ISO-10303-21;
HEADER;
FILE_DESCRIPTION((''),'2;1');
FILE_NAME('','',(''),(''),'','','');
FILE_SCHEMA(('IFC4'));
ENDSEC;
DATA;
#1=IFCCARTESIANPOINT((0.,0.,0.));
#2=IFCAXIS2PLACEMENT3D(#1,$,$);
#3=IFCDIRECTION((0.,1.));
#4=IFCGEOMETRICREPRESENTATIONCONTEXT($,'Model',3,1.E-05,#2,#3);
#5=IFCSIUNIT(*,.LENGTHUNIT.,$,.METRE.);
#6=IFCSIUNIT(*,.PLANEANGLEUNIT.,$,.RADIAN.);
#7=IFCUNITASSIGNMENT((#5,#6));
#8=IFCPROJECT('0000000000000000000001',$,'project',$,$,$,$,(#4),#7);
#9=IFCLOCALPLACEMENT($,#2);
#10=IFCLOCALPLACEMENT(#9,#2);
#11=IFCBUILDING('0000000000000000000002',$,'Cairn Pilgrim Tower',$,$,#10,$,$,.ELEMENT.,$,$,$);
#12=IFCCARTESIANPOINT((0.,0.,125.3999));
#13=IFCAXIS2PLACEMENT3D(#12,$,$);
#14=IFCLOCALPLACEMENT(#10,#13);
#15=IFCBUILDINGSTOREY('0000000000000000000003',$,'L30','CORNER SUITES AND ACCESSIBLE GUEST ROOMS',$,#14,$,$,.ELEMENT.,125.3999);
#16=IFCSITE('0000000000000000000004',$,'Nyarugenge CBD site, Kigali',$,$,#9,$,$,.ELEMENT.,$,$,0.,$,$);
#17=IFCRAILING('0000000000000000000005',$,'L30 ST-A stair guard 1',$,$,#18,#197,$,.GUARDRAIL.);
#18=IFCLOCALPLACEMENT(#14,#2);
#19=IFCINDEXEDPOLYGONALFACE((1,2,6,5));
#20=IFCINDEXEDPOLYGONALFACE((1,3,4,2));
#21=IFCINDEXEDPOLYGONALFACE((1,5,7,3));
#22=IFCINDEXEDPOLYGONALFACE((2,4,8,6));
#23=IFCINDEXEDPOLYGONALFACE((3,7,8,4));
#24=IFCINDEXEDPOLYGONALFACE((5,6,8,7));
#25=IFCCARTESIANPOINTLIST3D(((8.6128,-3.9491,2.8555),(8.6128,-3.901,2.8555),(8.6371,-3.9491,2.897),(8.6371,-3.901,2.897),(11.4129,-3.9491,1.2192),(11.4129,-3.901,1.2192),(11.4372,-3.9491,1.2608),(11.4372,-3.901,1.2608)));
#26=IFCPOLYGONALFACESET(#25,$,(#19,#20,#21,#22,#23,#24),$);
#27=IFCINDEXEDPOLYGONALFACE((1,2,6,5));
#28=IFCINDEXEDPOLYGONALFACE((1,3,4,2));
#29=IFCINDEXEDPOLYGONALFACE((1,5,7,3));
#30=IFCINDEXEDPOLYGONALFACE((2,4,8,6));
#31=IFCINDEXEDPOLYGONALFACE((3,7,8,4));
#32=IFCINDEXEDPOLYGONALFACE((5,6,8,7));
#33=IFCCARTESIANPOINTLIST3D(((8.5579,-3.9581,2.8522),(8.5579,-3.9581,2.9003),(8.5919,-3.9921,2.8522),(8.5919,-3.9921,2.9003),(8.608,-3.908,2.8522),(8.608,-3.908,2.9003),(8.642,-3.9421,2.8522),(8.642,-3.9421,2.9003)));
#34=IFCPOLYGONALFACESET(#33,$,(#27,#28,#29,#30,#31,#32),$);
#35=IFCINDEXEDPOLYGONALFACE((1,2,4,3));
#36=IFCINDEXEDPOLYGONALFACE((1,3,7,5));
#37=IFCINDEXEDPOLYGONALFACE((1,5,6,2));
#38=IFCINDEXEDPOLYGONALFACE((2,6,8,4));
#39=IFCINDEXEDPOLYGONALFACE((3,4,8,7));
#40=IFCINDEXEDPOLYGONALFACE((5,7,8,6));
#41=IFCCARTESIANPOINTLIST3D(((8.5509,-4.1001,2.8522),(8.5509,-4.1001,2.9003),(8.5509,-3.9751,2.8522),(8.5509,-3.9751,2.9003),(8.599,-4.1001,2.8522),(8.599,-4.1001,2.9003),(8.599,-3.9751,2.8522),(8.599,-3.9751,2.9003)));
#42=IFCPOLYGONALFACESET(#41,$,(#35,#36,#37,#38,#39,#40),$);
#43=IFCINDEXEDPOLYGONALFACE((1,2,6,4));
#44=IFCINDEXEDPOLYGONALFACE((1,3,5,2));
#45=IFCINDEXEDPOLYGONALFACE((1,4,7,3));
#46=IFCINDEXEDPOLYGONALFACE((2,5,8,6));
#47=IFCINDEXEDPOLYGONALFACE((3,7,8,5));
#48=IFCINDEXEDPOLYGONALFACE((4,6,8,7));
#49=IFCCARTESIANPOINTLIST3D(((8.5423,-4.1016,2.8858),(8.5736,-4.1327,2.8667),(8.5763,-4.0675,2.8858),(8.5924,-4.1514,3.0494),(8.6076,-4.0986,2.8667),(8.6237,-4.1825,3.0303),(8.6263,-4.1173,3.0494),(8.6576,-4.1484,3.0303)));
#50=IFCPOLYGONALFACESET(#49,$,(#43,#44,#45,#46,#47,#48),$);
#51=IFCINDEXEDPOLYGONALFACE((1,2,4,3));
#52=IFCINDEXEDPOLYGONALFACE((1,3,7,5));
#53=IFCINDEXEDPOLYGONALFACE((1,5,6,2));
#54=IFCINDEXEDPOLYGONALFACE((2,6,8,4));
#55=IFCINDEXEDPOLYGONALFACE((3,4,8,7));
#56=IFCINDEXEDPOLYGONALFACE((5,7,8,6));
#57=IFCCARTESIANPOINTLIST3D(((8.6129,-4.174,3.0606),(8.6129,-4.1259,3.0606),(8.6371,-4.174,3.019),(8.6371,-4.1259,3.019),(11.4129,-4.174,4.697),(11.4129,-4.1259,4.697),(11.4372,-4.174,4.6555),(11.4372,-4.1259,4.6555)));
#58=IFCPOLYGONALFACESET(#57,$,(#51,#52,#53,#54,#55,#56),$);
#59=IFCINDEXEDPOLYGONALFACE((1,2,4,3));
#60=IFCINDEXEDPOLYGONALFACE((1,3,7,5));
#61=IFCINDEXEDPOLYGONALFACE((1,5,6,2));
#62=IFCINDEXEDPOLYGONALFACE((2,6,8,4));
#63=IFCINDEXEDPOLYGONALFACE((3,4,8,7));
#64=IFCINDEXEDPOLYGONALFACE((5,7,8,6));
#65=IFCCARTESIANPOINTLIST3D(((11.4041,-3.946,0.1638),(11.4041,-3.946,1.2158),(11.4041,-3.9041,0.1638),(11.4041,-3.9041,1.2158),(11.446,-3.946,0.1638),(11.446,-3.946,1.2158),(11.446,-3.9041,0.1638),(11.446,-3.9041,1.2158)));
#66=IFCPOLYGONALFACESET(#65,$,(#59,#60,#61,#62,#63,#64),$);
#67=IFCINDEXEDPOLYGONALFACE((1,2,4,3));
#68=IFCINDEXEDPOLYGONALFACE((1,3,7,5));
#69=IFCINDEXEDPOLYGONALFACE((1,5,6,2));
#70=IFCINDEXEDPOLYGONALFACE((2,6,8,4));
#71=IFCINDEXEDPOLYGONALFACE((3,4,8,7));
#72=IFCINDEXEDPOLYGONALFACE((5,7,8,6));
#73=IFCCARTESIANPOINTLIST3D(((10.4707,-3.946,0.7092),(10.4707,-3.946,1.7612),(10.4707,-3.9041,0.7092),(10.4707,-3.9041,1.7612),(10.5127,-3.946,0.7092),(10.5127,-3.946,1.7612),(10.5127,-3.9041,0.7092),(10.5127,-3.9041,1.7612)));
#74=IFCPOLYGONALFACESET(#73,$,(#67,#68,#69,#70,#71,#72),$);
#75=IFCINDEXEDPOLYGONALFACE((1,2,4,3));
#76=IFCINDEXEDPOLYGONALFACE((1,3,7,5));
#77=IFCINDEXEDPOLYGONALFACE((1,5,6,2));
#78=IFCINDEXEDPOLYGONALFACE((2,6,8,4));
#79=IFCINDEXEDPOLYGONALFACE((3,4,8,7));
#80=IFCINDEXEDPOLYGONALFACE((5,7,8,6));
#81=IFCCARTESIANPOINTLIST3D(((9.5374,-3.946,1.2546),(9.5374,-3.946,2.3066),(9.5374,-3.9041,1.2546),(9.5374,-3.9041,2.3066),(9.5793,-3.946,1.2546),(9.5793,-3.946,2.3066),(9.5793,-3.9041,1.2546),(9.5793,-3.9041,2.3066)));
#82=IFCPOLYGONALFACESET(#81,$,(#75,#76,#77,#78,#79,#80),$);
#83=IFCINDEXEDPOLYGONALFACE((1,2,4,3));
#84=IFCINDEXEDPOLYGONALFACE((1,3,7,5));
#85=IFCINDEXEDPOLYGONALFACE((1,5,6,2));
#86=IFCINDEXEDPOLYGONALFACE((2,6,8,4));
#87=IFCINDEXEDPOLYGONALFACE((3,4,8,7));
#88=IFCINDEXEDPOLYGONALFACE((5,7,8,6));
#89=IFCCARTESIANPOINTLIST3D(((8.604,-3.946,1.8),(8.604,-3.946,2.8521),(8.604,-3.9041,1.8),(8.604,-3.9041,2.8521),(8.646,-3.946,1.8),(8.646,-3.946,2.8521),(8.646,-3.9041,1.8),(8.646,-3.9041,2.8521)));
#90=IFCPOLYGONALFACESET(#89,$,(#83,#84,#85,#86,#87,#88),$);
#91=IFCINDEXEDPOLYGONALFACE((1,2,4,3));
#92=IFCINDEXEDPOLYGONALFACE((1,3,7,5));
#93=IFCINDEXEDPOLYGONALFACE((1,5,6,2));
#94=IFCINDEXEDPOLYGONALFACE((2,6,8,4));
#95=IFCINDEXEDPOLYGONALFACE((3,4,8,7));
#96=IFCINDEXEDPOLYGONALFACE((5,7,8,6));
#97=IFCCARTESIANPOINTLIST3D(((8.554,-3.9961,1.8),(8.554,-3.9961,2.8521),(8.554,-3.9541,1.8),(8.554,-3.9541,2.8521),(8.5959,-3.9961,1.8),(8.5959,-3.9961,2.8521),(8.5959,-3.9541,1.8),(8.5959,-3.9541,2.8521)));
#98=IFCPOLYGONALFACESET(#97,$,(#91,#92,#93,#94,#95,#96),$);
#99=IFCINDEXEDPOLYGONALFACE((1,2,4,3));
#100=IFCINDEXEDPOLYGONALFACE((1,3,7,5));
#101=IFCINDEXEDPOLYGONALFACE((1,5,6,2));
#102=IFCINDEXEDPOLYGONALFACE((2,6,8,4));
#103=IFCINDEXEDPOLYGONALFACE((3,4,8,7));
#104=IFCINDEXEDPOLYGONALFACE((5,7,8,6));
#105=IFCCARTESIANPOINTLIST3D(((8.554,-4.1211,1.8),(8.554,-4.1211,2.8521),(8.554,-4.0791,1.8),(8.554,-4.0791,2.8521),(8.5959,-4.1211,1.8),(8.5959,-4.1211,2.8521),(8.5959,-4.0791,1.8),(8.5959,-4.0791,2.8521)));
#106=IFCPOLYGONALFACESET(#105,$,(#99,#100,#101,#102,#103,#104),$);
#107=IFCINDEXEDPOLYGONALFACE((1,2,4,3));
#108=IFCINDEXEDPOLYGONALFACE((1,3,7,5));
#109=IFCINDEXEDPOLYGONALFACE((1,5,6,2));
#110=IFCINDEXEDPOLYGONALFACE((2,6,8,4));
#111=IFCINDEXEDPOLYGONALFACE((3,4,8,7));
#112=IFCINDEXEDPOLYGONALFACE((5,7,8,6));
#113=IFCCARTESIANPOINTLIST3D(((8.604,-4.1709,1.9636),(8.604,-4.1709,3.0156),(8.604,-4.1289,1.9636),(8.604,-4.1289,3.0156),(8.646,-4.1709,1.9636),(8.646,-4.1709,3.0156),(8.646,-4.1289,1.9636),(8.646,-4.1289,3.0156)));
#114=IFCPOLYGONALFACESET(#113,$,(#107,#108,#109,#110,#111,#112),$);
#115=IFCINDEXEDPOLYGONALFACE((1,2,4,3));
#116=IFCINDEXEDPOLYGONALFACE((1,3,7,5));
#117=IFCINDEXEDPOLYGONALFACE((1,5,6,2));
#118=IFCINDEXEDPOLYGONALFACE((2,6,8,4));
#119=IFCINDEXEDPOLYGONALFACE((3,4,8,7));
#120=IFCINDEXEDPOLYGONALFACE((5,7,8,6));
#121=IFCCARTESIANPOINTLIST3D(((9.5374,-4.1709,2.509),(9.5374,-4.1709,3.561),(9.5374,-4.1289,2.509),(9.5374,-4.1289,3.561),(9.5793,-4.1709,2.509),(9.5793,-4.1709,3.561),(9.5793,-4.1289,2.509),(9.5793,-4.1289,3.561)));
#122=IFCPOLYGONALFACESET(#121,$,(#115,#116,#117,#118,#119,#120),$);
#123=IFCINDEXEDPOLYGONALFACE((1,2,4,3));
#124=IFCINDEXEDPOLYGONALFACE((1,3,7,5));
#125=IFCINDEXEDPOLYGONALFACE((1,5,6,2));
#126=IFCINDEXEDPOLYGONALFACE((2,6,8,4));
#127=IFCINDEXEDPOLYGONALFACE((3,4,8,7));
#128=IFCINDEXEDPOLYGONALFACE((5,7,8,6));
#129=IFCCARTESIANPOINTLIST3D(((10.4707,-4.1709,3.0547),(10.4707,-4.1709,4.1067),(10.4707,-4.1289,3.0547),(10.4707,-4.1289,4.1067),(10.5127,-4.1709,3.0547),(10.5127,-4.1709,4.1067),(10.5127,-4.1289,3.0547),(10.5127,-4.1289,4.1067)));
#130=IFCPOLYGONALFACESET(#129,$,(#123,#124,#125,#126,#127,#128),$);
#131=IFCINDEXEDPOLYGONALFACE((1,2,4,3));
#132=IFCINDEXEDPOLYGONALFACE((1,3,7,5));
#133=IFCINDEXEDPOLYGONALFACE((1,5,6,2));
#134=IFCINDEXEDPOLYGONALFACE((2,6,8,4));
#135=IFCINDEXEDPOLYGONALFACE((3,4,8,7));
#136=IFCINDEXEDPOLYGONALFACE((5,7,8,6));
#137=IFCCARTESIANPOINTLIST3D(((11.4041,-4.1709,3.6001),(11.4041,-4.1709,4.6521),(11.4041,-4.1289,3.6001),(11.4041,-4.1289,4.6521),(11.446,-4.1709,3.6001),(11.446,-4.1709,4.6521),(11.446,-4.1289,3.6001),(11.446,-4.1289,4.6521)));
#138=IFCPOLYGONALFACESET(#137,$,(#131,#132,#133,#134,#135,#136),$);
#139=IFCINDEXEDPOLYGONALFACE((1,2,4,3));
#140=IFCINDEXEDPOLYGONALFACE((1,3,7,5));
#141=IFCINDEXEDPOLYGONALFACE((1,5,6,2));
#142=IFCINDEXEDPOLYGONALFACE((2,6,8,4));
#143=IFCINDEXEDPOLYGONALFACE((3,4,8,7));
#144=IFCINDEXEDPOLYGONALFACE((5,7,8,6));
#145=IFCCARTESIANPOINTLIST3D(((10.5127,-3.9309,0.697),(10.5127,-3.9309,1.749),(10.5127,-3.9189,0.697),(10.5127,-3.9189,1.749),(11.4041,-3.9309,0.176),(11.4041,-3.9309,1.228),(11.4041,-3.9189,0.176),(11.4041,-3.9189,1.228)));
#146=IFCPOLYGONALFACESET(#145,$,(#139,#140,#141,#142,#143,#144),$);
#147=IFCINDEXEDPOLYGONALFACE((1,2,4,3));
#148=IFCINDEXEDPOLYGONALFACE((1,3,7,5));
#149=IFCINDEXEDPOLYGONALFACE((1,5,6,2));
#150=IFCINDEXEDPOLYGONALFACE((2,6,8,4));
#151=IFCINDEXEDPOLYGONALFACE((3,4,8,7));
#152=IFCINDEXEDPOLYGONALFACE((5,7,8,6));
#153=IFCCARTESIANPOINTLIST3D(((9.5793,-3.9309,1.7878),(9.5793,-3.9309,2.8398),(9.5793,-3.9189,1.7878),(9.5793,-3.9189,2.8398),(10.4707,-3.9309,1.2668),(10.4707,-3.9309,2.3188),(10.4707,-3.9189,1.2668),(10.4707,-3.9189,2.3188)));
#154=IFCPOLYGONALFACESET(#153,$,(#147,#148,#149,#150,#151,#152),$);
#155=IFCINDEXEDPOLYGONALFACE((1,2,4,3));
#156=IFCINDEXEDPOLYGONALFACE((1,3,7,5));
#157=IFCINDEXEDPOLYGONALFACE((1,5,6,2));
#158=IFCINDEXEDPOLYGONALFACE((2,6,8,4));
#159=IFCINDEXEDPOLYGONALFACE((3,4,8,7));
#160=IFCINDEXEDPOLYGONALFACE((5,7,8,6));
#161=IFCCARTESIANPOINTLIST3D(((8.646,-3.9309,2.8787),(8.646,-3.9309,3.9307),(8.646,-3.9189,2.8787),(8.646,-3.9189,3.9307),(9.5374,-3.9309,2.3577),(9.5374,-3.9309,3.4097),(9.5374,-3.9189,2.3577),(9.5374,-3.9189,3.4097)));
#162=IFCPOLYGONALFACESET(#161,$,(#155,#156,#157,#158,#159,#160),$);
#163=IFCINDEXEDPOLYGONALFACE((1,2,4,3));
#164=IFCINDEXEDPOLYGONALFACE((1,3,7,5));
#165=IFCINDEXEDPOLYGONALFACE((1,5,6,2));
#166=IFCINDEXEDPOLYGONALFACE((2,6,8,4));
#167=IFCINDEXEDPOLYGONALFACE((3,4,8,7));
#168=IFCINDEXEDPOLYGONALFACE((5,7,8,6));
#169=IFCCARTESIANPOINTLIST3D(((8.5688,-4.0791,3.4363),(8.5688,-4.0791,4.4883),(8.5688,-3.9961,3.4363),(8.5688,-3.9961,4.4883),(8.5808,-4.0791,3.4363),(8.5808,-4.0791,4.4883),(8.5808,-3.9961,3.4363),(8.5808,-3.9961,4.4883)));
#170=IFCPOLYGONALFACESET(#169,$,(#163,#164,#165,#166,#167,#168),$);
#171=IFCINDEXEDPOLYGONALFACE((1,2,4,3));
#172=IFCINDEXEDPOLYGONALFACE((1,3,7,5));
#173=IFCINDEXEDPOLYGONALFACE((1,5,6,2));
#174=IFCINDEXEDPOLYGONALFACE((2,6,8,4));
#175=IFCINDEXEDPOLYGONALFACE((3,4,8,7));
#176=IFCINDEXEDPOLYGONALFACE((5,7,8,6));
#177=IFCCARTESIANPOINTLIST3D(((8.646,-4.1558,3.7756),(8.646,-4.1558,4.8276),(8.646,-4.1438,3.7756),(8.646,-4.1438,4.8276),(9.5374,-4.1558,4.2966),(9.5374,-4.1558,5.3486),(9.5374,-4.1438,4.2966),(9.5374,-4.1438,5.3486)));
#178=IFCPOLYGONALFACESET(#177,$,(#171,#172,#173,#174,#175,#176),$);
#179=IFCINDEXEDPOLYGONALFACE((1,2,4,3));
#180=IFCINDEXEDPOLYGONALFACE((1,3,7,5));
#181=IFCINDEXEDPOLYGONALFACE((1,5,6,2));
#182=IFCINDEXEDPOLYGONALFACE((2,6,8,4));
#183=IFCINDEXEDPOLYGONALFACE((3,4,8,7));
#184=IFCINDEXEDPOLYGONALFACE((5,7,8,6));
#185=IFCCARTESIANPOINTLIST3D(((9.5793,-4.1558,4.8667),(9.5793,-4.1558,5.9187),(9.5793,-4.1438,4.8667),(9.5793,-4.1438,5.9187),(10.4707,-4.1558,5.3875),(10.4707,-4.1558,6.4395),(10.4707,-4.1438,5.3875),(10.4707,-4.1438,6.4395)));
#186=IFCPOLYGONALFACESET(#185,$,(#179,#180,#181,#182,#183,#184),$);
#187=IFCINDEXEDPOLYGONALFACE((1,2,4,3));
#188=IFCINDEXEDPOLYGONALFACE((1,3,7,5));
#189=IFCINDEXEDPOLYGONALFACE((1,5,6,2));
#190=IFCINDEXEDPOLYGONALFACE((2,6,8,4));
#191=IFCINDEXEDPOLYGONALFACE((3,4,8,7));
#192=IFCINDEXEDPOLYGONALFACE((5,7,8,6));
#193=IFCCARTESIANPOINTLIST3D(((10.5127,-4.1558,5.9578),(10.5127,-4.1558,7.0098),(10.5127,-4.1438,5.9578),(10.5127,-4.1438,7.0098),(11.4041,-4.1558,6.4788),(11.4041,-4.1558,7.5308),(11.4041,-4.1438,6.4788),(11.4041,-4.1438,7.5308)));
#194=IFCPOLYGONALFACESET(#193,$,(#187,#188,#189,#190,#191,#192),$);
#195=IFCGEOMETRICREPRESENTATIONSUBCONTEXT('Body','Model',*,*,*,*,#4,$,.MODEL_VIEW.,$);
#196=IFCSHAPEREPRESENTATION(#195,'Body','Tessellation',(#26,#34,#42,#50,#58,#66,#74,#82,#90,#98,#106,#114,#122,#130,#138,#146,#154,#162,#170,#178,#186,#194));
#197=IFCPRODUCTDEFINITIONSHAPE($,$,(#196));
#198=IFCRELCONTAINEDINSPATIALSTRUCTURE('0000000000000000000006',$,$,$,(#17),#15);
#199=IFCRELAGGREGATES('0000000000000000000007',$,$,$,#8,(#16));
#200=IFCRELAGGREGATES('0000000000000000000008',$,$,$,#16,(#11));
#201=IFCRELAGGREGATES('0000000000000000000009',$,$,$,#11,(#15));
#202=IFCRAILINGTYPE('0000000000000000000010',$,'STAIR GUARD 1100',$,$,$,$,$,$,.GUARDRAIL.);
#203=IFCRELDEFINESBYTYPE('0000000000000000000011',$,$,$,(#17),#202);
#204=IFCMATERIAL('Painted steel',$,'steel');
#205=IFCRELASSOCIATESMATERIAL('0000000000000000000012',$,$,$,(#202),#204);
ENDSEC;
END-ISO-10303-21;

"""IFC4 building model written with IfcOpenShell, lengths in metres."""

from ifc_helpers import new_model, si_unit, direction, frame, origin, origin_2d, place, context, subcontext, project, spatial, polyline, rectangle, outline, extrude, material, type_object, element, save


model = new_model("IFC4")

# Units and contexts
model_context = context("Model", 3, precision=1e-05, world=origin(), true_north=direction((0.0, 1.0)))
body_context = subcontext(model_context, "Body", "Model", "MODEL_VIEW")
ifc_project = project(units=[si_unit("LENGTHUNIT", "METRE"), si_unit("PLANEANGLEUNIT", "RADIAN")], contexts=[model_context])

# Site, building, storey
site_placement = place(None, origin())
site = spatial("IfcSite", under=ifc_project, at=site_placement, Name="Nyarugenge CBD site, Kigali", CompositionType="ELEMENT", RefElevation=0.0)
building_placement = place(site_placement, origin())
building = spatial("IfcBuilding", under=site, at=building_placement, Name="Cairn Pilgrim Tower", CompositionType="ELEMENT")
storey_placement = place(building_placement, frame((0.0, 0.0, 125.3999)))
storey = spatial("IfcBuildingStorey", under=building, at=storey_placement, Name="L30", Description="CORNER SUITES AND ACCESSIBLE GUEST ROOMS", CompositionType="ELEMENT", Elevation=125.3999)

# Shared definitions
ifc_material_1 = material(Name="Painted steel", Category="steel")

# Railing
railing_type_1 = type_object("IfcRailingType", Name="STAIR GUARD 1100", PredefinedType="GUARDRAIL", material=ifc_material_1)
railing_1_placement = place(storey_placement, frame((11.425, -3.925, 0.1638)))
element("IfcRailing", 1, at=railing_1_placement, inside=storey, type_object=railing_type_1, Name="L30 ST-A stair guard 1", PredefinedType="GUARDRAIL", context=body_context, shape_type="SweptSolid", body=[
    extrude(rectangle(XDim=0.0481, YDim=0.0481, at=origin_2d()), frame((0.0, 0.0, 1.0762), z_axis=(-0.863394, 0.0, 0.504531), x_axis=(0.0, -1.0, 0.0)), (0.0, 0.0, 1.0), 3.2432),
    extrude(rectangle(XDim=0.0481, YDim=0.0481, at=origin_2d()), frame((-2.8, 0.0, 2.7124), z_axis=(-0.707107, -0.707107, 0.0), x_axis=(0.707107, -0.707107, 0.0)), (0.0, 0.0, 1.0), 0.0708),
    extrude(rectangle(XDim=0.0481, YDim=0.0481, at=origin_2d()), frame((-2.8501, -0.05, 2.7124), z_axis=(0.0, -1.0, 0.0), x_axis=(1.0, 0.0, 0.0)), (0.0, 0.0, 1.0), 0.125),
    extrude(rectangle(XDim=0.0481, YDim=0.0481, at=origin_2d()), frame((-2.8501, -0.175, 2.7124), z_axis=(0.280917, -0.279546, 0.918118), x_axis=(0.705376, 0.708834, 0.0)), (0.0, 0.0, 1.0), 0.1782),
    extrude(rectangle(XDim=0.0481, YDim=0.0481, at=origin_2d()), frame((-2.8, -0.2249, 2.876), z_axis=(0.863361, 0.0, 0.504587), x_axis=(0.0, 1.0, 0.0)), (0.0, 0.0, 1.0), 3.2432),
    extrude(rectangle(XDim=0.042, YDim=0.042, at=origin_2d()), origin(), (0.0, 0.0, 1.0), 1.052),
    extrude(rectangle(XDim=0.042, YDim=0.042, at=origin_2d()), frame((-0.9333, 0.0, 0.5454)), (0.0, 0.0, 1.0), 1.052),
    extrude(rectangle(XDim=0.042, YDim=0.042, at=origin_2d()), frame((-1.8667, 0.0, 1.0908)), (0.0, 0.0, 1.0), 1.052),
    extrude(rectangle(XDim=0.042, YDim=0.042, at=origin_2d()), frame((-2.8, 0.0, 1.6362)), (0.0, 0.0, 1.0), 1.052),
    extrude(rectangle(XDim=0.042, YDim=0.042, at=origin_2d()), frame((-2.8501, -0.05, 1.6362)), (0.0, 0.0, 1.0), 1.052),
    extrude(rectangle(XDim=0.042, YDim=0.042, at=origin_2d()), frame((-2.8501, -0.175, 1.6362)), (0.0, 0.0, 1.0), 1.052),
    extrude(rectangle(XDim=0.042, YDim=0.042, at=origin_2d()), frame((-2.8, -0.2249, 1.7998)), (0.0, 0.0, 1.0), 1.052),
    extrude(rectangle(XDim=0.042, YDim=0.042, at=origin_2d()), frame((-1.8667, -0.2249, 2.3452)), (0.0, 0.0, 1.0), 1.052),
    extrude(rectangle(XDim=0.042, YDim=0.042, at=origin_2d()), frame((-0.9333, -0.2249, 2.8909)), (0.0, 0.0, 1.0), 1.052),
    extrude(rectangle(XDim=0.042, YDim=0.042, at=origin_2d()), frame((0.0, -0.2249, 3.4363)), (0.0, 0.0, 1.0), 1.052),
    extrude(outline(polyline([(0.021, 0.0122), (0.9124, 0.5332), (0.9124, 1.5852), (0.021, 1.0642), (0.021, 0.0122)])), frame((0.0, -0.0059, 0.0), z_axis=(0.0, 1.0, 0.0), x_axis=(-1.0, 0.0, 0.0)), (0.0, 0.0, 1.0), 0.012),
    extrude(outline(polyline([(0.021, 0.5576), (0.9124, 1.0786), (0.9124, 2.1306), (0.021, 1.6096), (0.021, 0.5576)])), frame((-0.9333, -0.0059, 0.5454), z_axis=(0.0, 1.0, 0.0), x_axis=(-1.0, 0.0, 0.0)), (0.0, 0.0, 1.0), 0.012),
    extrude(outline(polyline([(0.021, 1.103), (0.9124, 1.624), (0.9124, 2.676), (0.021, 2.155), (0.021, 1.103)])), frame((-1.8667, -0.0059, 1.0908), z_axis=(0.0, 1.0, 0.0), x_axis=(-1.0, 0.0, 0.0)), (0.0, 0.0, 1.0), 0.012),
    extrude(outline(polyline([(0.021, 1.6362), (0.104, 1.6362), (0.104, 2.6882), (0.021, 2.6882), (0.021, 1.6362)])), frame((-2.8442, -0.05, 1.6362), z_axis=(-1.0, 0.0, 0.0), x_axis=(0.0, -1.0, 0.0)), (0.0, 0.0, 1.0), 0.012),
    extrude(outline(polyline([(0.021, 1.812), (0.9124, 2.333), (0.9124, 3.385), (0.021, 2.864), (0.021, 1.812)])), frame((-2.8, -0.2188, 1.7998), z_axis=(0.0, -1.0, 0.0), x_axis=(1.0, 0.0, 0.0)), (0.0, 0.0, 1.0), 0.012),
    extrude(outline(polyline([(0.021, 2.3577), (0.9124, 2.8784), (0.9124, 3.9304), (0.021, 3.4097), (0.021, 2.3577)])), frame((-1.8667, -0.2188, 2.3452), z_axis=(0.0, -1.0, 0.0), x_axis=(1.0, 0.0, 0.0)), (0.0, 0.0, 1.0), 0.012),
    extrude(outline(polyline([(0.021, 2.9031), (0.9124, 3.4241), (0.9124, 4.4761), (0.021, 3.9551), (0.021, 2.9031)])), frame((-0.9333, -0.2188, 2.8909), z_axis=(0.0, -1.0, 0.0), x_axis=(1.0, 0.0, 0.0)), (0.0, 0.0, 1.0), 0.012),
])

save(model, "model.ifc")
